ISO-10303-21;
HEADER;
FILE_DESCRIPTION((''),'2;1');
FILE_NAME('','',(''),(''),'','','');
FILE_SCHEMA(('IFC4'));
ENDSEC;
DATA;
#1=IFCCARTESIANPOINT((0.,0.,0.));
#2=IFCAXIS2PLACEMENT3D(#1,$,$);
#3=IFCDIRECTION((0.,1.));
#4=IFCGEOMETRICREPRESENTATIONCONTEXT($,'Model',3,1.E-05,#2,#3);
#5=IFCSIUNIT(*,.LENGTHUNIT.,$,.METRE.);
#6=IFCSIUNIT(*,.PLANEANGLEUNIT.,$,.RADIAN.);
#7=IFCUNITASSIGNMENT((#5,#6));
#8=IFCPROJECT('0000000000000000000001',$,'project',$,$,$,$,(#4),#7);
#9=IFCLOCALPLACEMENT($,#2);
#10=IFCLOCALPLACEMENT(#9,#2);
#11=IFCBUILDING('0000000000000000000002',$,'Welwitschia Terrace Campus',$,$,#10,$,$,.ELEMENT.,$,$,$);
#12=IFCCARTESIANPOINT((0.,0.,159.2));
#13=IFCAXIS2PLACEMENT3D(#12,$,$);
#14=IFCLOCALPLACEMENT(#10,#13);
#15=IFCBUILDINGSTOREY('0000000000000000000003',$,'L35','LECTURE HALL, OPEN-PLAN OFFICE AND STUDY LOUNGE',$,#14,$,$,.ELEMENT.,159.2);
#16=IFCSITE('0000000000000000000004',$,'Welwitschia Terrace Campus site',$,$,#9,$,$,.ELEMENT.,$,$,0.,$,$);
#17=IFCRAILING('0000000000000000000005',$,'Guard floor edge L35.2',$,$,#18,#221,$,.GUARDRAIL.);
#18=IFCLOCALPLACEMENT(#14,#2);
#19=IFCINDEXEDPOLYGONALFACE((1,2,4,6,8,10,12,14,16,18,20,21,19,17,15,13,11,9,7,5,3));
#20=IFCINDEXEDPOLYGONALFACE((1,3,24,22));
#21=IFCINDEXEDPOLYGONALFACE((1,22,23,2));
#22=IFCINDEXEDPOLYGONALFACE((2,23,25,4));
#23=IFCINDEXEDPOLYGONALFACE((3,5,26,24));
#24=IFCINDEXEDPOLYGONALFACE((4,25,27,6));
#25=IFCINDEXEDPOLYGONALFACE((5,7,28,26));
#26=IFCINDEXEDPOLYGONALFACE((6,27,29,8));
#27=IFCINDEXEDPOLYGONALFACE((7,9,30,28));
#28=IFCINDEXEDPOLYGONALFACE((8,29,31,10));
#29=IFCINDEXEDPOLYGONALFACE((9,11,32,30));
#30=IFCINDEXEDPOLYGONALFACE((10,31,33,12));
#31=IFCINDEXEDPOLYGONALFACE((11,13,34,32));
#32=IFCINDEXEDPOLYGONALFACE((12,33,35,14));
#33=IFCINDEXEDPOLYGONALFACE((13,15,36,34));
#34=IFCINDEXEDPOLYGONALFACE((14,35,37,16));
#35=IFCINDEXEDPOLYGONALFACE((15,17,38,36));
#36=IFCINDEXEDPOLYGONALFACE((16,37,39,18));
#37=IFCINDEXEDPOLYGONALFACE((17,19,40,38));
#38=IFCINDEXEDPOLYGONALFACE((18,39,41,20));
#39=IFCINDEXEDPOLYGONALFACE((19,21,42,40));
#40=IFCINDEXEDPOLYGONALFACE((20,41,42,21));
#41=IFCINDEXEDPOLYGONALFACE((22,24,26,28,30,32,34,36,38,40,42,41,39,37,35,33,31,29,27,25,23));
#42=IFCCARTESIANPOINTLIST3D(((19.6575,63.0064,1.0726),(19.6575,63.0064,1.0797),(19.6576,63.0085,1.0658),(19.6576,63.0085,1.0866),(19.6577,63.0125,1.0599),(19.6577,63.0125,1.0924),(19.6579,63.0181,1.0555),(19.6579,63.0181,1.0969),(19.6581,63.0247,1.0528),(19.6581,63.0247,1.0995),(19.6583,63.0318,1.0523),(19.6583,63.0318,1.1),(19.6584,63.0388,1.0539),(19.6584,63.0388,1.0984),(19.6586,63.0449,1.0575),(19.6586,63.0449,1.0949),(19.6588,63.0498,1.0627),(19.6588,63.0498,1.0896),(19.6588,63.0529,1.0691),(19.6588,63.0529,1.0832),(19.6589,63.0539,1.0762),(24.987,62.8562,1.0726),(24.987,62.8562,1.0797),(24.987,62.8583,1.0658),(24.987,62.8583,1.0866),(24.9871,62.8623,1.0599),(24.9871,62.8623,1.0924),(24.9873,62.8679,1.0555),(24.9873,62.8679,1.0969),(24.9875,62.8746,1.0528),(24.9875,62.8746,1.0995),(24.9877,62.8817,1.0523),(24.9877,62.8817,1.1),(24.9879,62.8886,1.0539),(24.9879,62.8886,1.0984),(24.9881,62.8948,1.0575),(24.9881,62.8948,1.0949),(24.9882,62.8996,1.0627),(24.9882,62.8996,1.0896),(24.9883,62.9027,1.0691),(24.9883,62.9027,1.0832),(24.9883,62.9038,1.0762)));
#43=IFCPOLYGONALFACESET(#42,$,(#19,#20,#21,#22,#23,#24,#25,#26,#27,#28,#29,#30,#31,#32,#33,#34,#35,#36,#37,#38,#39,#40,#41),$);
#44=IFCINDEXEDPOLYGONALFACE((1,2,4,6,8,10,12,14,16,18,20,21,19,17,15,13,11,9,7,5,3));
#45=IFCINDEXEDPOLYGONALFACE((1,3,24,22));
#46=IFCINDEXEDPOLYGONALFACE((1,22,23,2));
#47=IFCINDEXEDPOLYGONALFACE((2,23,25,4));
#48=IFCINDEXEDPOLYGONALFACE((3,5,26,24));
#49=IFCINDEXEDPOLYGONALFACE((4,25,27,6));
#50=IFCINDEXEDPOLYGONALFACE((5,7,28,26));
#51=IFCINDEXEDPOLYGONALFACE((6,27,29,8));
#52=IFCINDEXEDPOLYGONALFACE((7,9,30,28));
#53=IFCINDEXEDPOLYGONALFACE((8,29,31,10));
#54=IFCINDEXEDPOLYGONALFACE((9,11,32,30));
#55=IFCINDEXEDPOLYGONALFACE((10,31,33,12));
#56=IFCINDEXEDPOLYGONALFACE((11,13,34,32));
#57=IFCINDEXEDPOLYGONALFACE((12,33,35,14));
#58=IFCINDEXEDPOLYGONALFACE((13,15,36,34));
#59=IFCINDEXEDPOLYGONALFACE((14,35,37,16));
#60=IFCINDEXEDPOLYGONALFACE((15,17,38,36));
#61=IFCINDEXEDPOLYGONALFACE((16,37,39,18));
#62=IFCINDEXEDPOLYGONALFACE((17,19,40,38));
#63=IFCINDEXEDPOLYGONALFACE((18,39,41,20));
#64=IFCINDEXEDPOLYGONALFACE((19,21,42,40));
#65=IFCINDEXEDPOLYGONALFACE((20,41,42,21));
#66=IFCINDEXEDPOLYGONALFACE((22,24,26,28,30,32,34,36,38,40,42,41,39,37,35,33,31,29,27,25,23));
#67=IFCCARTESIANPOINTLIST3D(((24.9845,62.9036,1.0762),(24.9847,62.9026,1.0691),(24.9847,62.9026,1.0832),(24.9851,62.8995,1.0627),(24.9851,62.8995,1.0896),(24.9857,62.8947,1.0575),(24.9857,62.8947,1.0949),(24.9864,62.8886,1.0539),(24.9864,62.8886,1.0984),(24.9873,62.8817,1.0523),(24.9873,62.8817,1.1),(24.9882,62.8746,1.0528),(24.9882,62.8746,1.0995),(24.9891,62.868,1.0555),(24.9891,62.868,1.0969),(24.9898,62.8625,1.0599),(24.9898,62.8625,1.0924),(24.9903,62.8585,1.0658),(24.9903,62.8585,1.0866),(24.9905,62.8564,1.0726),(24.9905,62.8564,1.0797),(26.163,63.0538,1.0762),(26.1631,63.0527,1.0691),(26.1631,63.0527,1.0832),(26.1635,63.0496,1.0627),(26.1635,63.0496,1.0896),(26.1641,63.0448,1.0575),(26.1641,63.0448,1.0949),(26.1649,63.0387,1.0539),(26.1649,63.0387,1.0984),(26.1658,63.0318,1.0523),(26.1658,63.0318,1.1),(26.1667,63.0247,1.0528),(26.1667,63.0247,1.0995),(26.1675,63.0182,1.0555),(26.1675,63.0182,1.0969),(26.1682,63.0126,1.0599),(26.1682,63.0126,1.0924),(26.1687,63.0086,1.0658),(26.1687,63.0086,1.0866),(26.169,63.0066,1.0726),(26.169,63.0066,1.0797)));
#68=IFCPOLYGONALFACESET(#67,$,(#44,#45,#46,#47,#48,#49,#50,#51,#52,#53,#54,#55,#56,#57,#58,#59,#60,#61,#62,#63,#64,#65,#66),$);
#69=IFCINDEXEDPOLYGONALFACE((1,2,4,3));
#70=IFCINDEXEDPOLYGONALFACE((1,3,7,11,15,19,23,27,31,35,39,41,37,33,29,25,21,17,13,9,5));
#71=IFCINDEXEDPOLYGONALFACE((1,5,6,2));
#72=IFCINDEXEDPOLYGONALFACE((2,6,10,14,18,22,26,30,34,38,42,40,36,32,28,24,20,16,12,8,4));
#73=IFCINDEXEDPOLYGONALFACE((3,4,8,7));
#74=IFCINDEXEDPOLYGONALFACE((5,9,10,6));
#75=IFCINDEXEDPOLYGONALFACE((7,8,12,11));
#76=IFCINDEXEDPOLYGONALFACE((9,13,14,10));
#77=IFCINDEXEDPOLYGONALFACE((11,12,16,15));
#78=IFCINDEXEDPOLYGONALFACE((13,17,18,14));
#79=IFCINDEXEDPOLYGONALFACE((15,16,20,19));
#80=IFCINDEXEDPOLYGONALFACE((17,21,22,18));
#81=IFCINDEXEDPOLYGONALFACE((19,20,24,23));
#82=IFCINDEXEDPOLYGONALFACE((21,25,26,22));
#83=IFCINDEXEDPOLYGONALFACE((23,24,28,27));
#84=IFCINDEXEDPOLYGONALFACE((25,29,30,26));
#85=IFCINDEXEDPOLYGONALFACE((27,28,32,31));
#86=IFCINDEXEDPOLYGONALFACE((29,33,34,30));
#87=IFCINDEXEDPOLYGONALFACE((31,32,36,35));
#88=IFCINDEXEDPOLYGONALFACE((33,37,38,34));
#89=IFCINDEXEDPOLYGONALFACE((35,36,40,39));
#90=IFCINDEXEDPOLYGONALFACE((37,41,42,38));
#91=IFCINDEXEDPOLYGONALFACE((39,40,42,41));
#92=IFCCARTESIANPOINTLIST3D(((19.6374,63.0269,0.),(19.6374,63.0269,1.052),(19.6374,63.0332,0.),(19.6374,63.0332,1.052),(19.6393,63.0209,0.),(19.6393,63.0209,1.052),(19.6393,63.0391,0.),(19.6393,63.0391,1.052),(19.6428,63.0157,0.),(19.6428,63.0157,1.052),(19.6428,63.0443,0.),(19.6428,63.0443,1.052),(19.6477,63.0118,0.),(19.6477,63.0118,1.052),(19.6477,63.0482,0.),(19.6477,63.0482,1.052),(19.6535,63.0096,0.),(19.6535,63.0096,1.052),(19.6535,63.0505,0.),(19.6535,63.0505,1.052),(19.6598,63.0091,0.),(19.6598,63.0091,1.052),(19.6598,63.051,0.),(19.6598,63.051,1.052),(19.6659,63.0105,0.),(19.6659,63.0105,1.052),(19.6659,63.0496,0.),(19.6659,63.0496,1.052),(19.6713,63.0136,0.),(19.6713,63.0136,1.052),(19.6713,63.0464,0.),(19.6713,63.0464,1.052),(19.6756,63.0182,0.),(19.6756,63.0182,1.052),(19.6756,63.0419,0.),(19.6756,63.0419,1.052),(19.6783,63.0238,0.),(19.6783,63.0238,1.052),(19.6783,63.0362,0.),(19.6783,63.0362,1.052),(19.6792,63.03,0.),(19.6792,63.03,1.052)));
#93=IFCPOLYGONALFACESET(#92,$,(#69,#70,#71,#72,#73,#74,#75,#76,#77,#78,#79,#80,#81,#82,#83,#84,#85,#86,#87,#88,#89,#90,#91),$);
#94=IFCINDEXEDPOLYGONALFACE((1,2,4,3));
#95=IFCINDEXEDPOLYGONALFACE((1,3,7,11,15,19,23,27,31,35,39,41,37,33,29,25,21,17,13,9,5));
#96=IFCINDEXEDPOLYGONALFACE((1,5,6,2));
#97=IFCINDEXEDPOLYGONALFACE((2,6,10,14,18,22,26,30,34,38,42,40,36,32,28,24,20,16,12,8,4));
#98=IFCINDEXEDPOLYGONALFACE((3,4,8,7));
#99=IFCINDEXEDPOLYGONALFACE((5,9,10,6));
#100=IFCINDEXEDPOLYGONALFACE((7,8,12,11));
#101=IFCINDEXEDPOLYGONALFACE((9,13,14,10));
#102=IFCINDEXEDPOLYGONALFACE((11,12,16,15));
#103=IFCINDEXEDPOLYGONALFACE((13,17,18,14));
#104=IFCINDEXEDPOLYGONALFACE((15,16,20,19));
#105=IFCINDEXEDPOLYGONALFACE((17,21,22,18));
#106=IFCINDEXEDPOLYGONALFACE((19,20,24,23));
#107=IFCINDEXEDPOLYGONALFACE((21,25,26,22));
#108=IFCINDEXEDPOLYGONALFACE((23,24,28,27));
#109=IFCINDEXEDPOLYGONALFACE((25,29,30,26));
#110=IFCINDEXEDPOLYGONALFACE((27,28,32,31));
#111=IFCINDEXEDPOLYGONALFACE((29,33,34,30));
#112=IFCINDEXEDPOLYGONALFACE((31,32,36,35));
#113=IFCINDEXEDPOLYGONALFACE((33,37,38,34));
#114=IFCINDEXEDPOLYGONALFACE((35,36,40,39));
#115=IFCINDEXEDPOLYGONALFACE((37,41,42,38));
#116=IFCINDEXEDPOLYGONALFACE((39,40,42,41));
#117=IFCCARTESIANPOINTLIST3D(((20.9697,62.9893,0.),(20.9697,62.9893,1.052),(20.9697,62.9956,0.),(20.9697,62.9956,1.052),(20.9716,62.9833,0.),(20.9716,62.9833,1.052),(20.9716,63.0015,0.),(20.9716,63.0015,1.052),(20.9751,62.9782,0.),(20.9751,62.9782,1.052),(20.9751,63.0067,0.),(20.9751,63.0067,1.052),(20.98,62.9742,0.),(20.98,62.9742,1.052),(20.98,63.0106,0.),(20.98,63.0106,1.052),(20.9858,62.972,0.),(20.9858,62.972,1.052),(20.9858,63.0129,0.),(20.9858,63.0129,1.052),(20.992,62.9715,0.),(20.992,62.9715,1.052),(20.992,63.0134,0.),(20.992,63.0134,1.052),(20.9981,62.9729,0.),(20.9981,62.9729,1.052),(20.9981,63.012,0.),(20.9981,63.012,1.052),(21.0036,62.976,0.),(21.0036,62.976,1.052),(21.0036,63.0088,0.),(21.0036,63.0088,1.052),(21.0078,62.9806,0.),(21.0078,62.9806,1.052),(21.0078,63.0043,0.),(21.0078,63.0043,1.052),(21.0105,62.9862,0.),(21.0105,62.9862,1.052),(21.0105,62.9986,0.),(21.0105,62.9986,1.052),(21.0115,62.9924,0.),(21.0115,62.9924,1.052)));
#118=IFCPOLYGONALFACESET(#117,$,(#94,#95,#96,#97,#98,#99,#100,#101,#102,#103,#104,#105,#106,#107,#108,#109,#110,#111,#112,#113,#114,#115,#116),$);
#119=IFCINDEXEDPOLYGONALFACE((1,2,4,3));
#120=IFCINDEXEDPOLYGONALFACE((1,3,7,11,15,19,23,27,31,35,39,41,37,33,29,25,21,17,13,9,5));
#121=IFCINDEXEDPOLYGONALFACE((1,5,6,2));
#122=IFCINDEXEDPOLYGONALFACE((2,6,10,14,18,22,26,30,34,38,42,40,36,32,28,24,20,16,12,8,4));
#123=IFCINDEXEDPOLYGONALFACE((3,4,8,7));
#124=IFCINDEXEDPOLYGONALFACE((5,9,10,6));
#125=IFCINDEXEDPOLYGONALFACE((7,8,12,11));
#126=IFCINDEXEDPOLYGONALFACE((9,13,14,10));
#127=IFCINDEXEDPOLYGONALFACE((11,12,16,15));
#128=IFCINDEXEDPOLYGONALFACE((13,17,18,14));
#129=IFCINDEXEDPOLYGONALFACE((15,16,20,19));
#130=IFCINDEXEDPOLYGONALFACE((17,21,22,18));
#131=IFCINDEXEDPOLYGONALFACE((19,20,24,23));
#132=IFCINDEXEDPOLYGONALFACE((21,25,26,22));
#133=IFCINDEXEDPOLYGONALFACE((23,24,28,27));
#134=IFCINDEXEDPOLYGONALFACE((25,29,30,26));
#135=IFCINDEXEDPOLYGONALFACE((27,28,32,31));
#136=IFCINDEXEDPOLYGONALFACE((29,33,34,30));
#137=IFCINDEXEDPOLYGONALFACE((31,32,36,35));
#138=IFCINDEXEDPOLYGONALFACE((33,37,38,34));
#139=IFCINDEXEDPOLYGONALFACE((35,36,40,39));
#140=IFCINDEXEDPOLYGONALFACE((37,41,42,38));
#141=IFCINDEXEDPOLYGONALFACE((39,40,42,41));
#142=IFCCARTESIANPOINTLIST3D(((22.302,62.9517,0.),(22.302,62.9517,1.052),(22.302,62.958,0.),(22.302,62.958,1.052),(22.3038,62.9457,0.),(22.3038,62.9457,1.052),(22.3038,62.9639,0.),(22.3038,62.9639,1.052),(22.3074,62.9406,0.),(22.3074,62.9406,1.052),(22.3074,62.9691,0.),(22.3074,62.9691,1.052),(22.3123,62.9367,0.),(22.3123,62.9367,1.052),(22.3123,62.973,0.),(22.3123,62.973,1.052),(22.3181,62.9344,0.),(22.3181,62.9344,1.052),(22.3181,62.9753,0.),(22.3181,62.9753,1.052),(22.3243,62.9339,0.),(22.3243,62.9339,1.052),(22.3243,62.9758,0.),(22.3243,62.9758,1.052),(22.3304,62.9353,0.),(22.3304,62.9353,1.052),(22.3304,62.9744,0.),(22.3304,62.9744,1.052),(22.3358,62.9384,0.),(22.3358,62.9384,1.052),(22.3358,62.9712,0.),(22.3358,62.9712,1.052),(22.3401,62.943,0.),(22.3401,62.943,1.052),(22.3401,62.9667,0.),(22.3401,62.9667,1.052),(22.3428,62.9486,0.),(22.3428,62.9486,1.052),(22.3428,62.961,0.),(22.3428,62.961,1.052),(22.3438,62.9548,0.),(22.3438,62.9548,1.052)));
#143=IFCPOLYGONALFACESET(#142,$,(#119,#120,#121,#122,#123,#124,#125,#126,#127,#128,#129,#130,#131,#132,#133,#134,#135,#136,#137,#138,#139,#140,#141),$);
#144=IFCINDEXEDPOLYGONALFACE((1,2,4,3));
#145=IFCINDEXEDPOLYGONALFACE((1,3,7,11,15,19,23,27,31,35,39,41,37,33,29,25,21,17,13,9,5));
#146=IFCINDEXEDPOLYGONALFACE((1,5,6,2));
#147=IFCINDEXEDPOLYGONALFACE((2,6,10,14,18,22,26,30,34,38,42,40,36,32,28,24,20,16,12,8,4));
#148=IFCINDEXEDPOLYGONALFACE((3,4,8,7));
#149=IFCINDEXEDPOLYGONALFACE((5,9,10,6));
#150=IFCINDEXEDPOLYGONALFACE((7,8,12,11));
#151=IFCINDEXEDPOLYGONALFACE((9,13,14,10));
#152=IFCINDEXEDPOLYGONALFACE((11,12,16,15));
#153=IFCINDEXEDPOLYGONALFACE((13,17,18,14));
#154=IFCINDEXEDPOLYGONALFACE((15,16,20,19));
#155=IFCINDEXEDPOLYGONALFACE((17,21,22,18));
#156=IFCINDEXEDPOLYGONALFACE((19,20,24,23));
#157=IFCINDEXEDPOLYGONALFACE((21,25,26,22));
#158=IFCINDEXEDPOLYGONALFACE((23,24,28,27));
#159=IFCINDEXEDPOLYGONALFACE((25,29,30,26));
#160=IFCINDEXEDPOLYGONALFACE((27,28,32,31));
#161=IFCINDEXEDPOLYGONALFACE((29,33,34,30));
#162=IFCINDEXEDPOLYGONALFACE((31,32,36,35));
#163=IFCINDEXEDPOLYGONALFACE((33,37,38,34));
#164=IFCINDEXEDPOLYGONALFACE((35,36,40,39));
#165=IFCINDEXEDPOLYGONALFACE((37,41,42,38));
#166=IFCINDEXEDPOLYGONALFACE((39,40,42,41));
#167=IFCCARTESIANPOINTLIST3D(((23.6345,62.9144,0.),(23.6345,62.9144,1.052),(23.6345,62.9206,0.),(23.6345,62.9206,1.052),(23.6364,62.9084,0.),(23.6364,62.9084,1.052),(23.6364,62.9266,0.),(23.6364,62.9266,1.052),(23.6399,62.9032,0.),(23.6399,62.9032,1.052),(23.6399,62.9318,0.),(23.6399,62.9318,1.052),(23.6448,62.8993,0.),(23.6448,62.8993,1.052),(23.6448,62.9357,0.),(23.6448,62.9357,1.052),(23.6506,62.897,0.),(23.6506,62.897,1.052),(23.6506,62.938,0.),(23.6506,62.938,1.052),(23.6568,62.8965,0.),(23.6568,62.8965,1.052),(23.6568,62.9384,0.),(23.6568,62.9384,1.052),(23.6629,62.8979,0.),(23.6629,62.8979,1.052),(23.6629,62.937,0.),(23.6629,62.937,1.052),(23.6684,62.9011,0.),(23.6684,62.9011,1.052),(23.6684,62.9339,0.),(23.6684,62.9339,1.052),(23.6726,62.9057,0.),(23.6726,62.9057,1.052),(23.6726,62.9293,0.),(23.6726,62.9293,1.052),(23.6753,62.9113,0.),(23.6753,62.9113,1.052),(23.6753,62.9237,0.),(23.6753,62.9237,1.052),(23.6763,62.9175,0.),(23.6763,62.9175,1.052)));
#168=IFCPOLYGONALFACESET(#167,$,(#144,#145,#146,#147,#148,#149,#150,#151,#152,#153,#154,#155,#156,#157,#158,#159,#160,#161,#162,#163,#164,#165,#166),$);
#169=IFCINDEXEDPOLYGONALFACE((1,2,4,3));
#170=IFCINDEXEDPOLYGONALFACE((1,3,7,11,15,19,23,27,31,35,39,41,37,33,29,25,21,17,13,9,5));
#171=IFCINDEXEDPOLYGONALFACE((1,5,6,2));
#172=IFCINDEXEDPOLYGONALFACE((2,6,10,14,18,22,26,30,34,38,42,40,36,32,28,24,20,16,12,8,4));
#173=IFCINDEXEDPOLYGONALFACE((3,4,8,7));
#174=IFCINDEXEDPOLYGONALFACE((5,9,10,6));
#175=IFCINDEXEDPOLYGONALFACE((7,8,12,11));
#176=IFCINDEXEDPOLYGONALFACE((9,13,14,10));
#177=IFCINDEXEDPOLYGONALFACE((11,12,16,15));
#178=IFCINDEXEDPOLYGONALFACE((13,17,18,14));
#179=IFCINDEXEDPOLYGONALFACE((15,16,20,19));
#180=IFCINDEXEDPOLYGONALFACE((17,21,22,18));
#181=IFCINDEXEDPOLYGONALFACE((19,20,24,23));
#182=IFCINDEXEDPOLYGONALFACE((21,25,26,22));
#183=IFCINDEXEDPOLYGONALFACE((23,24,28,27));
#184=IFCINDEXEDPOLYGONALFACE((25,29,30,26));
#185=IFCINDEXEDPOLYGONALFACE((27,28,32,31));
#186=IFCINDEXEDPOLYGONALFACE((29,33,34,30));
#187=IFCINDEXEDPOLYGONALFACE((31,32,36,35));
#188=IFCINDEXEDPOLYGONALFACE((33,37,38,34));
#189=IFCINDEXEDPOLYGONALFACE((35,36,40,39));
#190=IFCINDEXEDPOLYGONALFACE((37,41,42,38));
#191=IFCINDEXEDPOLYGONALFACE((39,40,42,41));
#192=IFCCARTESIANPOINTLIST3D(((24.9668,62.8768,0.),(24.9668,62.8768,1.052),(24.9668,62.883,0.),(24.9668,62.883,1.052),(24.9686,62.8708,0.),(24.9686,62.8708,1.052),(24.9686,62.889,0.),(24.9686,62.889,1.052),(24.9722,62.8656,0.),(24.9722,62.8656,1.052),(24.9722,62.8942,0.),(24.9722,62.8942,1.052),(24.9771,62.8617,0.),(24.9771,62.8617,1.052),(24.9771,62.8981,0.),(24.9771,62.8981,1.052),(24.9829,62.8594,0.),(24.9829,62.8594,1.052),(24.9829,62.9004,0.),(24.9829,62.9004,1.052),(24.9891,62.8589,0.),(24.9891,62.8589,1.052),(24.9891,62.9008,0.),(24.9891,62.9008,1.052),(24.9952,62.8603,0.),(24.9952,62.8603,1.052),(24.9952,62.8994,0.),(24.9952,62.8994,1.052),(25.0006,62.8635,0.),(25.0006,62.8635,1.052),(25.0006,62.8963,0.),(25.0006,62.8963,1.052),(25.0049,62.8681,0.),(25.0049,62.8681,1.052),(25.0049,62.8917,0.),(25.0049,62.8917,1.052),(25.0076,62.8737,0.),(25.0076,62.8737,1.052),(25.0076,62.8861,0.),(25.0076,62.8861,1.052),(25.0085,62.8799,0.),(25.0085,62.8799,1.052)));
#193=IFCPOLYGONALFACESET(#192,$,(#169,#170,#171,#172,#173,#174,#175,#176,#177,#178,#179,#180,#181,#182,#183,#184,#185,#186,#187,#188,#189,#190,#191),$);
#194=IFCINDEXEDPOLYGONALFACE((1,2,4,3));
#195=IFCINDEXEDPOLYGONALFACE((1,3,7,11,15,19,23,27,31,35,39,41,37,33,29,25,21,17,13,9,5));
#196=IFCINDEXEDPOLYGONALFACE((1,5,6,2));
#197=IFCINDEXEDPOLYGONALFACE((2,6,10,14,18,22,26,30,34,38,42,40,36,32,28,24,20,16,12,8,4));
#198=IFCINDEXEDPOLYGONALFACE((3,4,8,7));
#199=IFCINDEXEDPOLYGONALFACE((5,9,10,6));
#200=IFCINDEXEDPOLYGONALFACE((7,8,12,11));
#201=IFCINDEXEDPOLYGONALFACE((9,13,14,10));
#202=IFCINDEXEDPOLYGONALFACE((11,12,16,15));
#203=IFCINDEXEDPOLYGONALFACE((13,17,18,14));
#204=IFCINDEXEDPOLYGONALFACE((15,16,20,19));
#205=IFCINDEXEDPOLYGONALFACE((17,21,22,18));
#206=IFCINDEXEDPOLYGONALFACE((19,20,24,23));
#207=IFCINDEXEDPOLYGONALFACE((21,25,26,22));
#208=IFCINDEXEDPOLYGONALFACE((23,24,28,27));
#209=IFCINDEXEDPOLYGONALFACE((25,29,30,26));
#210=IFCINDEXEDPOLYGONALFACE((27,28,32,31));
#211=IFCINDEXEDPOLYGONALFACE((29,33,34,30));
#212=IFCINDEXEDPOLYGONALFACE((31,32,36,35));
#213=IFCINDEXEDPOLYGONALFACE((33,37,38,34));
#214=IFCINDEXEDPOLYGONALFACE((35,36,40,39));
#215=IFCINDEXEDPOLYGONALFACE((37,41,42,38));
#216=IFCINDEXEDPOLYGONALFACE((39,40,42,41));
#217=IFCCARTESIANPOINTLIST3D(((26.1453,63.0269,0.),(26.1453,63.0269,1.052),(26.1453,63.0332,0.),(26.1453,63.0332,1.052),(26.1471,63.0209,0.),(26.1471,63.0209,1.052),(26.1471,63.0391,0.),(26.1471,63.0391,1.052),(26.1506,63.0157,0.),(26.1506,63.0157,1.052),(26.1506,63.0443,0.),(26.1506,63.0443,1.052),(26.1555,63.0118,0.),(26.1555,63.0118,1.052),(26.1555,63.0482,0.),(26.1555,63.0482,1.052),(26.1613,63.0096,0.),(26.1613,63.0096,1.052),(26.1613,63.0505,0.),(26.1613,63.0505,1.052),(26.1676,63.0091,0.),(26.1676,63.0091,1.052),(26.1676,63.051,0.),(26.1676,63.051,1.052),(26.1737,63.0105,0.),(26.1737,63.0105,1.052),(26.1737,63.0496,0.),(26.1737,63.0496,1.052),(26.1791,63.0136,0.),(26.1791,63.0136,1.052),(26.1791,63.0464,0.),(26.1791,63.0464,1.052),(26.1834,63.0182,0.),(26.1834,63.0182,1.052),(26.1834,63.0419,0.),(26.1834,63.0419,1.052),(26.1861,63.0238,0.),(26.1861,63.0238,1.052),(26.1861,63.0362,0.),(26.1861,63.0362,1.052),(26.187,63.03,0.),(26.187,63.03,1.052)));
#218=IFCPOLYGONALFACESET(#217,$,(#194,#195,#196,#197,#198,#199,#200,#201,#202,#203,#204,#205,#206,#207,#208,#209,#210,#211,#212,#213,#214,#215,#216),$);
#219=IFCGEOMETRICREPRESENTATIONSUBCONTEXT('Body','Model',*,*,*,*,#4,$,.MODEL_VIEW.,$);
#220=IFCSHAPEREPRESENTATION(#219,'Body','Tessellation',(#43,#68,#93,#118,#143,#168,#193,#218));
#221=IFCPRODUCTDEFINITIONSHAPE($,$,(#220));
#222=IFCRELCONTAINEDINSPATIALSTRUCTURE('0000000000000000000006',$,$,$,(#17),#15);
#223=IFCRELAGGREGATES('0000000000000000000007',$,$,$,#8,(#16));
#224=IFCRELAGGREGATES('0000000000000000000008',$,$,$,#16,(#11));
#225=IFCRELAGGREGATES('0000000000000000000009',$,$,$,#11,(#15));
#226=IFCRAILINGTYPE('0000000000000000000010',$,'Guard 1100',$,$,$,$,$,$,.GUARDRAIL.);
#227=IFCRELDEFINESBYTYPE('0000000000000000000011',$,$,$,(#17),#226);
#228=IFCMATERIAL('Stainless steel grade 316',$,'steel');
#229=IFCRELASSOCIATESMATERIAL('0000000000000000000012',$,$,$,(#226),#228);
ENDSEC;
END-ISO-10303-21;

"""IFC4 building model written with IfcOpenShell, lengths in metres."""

from ifc_helpers import new_model, si_unit, direction, frame, origin, origin_2d, place, context, subcontext, project, spatial, circle, extrude, material, type_object, element, save


model = new_model("IFC4")

# Units and contexts
model_context = context("Model", 3, precision=1e-05, world=origin(), true_north=direction((0.0, 1.0)))
body_context = subcontext(model_context, "Body", "Model", "MODEL_VIEW")
ifc_project = project(units=[si_unit("LENGTHUNIT", "METRE"), si_unit("PLANEANGLEUNIT", "RADIAN")], contexts=[model_context])

# Site, building, storey
site_placement = place(None, origin())
site = spatial("IfcSite", under=ifc_project, at=site_placement, Name="Welwitschia Terrace Campus site", CompositionType="ELEMENT", RefElevation=0.0)
building_placement = place(site_placement, origin())
building = spatial("IfcBuilding", under=site, at=building_placement, Name="Welwitschia Terrace Campus", CompositionType="ELEMENT")
storey_placement = place(building_placement, frame((0.0, 0.0, 159.2)))
storey = spatial("IfcBuildingStorey", under=building, at=storey_placement, Name="L35", Description="LECTURE HALL, OPEN-PLAN OFFICE AND STUDY LOUNGE", CompositionType="ELEMENT", Elevation=159.2)

# Railing
ifc_material_1 = material(Name="Stainless steel grade 316", Category="steel")
railing_type = type_object("IfcRailingType", Name="Guard 1100", PredefinedType="GUARDRAIL", material=ifc_material_1)
railing_1_placement = place(storey_placement, frame((19.6582, 63.03, 0.0)))
element("IfcRailing", 1, at=railing_1_placement, inside=storey, type_object=railing_type, Name="Guard floor edge L35.2", PredefinedType="GUARDRAIL", context=body_context, shape_type="SweptSolid", body=[
    extrude(circle(Radius=0.0239, at=origin_2d()), frame((0.0, 0.0, 1.0762), z_axis=(0.999603, -0.028162, 0.0), x_axis=(0.028162, 0.999603, 0.0)), (0.0, 0.0, 1.0), 5.3315),
    extrude(circle(Radius=0.0239, at=origin_2d()), frame((5.3293, -0.1501, 1.0762), z_axis=(0.991981, 0.126387, 0.0), x_axis=(-0.126387, 0.991981, 0.0)), (0.0, 0.0, 1.0), 1.188),
    extrude(circle(Radius=0.021, at=origin_2d()), origin(), (0.0, 0.0, 1.0), 1.052),
    extrude(circle(Radius=0.021, at=origin_2d()), frame((1.3323, -0.0376, 0.0)), (0.0, 0.0, 1.0), 1.052),
    extrude(circle(Radius=0.021, at=origin_2d()), frame((2.6646, -0.0752, 0.0)), (0.0, 0.0, 1.0), 1.052),
    extrude(circle(Radius=0.021, at=origin_2d()), frame((3.9971, -0.1125, 0.0)), (0.0, 0.0, 1.0), 1.052),
    extrude(circle(Radius=0.021, at=origin_2d()), frame((5.3293, -0.1501, 0.0)), (0.0, 0.0, 1.0), 1.052),
    extrude(circle(Radius=0.021, at=origin_2d()), frame((6.5078, 0.0, 0.0)), (0.0, 0.0, 1.0), 1.052),
])

save(model, "model.ifc")
